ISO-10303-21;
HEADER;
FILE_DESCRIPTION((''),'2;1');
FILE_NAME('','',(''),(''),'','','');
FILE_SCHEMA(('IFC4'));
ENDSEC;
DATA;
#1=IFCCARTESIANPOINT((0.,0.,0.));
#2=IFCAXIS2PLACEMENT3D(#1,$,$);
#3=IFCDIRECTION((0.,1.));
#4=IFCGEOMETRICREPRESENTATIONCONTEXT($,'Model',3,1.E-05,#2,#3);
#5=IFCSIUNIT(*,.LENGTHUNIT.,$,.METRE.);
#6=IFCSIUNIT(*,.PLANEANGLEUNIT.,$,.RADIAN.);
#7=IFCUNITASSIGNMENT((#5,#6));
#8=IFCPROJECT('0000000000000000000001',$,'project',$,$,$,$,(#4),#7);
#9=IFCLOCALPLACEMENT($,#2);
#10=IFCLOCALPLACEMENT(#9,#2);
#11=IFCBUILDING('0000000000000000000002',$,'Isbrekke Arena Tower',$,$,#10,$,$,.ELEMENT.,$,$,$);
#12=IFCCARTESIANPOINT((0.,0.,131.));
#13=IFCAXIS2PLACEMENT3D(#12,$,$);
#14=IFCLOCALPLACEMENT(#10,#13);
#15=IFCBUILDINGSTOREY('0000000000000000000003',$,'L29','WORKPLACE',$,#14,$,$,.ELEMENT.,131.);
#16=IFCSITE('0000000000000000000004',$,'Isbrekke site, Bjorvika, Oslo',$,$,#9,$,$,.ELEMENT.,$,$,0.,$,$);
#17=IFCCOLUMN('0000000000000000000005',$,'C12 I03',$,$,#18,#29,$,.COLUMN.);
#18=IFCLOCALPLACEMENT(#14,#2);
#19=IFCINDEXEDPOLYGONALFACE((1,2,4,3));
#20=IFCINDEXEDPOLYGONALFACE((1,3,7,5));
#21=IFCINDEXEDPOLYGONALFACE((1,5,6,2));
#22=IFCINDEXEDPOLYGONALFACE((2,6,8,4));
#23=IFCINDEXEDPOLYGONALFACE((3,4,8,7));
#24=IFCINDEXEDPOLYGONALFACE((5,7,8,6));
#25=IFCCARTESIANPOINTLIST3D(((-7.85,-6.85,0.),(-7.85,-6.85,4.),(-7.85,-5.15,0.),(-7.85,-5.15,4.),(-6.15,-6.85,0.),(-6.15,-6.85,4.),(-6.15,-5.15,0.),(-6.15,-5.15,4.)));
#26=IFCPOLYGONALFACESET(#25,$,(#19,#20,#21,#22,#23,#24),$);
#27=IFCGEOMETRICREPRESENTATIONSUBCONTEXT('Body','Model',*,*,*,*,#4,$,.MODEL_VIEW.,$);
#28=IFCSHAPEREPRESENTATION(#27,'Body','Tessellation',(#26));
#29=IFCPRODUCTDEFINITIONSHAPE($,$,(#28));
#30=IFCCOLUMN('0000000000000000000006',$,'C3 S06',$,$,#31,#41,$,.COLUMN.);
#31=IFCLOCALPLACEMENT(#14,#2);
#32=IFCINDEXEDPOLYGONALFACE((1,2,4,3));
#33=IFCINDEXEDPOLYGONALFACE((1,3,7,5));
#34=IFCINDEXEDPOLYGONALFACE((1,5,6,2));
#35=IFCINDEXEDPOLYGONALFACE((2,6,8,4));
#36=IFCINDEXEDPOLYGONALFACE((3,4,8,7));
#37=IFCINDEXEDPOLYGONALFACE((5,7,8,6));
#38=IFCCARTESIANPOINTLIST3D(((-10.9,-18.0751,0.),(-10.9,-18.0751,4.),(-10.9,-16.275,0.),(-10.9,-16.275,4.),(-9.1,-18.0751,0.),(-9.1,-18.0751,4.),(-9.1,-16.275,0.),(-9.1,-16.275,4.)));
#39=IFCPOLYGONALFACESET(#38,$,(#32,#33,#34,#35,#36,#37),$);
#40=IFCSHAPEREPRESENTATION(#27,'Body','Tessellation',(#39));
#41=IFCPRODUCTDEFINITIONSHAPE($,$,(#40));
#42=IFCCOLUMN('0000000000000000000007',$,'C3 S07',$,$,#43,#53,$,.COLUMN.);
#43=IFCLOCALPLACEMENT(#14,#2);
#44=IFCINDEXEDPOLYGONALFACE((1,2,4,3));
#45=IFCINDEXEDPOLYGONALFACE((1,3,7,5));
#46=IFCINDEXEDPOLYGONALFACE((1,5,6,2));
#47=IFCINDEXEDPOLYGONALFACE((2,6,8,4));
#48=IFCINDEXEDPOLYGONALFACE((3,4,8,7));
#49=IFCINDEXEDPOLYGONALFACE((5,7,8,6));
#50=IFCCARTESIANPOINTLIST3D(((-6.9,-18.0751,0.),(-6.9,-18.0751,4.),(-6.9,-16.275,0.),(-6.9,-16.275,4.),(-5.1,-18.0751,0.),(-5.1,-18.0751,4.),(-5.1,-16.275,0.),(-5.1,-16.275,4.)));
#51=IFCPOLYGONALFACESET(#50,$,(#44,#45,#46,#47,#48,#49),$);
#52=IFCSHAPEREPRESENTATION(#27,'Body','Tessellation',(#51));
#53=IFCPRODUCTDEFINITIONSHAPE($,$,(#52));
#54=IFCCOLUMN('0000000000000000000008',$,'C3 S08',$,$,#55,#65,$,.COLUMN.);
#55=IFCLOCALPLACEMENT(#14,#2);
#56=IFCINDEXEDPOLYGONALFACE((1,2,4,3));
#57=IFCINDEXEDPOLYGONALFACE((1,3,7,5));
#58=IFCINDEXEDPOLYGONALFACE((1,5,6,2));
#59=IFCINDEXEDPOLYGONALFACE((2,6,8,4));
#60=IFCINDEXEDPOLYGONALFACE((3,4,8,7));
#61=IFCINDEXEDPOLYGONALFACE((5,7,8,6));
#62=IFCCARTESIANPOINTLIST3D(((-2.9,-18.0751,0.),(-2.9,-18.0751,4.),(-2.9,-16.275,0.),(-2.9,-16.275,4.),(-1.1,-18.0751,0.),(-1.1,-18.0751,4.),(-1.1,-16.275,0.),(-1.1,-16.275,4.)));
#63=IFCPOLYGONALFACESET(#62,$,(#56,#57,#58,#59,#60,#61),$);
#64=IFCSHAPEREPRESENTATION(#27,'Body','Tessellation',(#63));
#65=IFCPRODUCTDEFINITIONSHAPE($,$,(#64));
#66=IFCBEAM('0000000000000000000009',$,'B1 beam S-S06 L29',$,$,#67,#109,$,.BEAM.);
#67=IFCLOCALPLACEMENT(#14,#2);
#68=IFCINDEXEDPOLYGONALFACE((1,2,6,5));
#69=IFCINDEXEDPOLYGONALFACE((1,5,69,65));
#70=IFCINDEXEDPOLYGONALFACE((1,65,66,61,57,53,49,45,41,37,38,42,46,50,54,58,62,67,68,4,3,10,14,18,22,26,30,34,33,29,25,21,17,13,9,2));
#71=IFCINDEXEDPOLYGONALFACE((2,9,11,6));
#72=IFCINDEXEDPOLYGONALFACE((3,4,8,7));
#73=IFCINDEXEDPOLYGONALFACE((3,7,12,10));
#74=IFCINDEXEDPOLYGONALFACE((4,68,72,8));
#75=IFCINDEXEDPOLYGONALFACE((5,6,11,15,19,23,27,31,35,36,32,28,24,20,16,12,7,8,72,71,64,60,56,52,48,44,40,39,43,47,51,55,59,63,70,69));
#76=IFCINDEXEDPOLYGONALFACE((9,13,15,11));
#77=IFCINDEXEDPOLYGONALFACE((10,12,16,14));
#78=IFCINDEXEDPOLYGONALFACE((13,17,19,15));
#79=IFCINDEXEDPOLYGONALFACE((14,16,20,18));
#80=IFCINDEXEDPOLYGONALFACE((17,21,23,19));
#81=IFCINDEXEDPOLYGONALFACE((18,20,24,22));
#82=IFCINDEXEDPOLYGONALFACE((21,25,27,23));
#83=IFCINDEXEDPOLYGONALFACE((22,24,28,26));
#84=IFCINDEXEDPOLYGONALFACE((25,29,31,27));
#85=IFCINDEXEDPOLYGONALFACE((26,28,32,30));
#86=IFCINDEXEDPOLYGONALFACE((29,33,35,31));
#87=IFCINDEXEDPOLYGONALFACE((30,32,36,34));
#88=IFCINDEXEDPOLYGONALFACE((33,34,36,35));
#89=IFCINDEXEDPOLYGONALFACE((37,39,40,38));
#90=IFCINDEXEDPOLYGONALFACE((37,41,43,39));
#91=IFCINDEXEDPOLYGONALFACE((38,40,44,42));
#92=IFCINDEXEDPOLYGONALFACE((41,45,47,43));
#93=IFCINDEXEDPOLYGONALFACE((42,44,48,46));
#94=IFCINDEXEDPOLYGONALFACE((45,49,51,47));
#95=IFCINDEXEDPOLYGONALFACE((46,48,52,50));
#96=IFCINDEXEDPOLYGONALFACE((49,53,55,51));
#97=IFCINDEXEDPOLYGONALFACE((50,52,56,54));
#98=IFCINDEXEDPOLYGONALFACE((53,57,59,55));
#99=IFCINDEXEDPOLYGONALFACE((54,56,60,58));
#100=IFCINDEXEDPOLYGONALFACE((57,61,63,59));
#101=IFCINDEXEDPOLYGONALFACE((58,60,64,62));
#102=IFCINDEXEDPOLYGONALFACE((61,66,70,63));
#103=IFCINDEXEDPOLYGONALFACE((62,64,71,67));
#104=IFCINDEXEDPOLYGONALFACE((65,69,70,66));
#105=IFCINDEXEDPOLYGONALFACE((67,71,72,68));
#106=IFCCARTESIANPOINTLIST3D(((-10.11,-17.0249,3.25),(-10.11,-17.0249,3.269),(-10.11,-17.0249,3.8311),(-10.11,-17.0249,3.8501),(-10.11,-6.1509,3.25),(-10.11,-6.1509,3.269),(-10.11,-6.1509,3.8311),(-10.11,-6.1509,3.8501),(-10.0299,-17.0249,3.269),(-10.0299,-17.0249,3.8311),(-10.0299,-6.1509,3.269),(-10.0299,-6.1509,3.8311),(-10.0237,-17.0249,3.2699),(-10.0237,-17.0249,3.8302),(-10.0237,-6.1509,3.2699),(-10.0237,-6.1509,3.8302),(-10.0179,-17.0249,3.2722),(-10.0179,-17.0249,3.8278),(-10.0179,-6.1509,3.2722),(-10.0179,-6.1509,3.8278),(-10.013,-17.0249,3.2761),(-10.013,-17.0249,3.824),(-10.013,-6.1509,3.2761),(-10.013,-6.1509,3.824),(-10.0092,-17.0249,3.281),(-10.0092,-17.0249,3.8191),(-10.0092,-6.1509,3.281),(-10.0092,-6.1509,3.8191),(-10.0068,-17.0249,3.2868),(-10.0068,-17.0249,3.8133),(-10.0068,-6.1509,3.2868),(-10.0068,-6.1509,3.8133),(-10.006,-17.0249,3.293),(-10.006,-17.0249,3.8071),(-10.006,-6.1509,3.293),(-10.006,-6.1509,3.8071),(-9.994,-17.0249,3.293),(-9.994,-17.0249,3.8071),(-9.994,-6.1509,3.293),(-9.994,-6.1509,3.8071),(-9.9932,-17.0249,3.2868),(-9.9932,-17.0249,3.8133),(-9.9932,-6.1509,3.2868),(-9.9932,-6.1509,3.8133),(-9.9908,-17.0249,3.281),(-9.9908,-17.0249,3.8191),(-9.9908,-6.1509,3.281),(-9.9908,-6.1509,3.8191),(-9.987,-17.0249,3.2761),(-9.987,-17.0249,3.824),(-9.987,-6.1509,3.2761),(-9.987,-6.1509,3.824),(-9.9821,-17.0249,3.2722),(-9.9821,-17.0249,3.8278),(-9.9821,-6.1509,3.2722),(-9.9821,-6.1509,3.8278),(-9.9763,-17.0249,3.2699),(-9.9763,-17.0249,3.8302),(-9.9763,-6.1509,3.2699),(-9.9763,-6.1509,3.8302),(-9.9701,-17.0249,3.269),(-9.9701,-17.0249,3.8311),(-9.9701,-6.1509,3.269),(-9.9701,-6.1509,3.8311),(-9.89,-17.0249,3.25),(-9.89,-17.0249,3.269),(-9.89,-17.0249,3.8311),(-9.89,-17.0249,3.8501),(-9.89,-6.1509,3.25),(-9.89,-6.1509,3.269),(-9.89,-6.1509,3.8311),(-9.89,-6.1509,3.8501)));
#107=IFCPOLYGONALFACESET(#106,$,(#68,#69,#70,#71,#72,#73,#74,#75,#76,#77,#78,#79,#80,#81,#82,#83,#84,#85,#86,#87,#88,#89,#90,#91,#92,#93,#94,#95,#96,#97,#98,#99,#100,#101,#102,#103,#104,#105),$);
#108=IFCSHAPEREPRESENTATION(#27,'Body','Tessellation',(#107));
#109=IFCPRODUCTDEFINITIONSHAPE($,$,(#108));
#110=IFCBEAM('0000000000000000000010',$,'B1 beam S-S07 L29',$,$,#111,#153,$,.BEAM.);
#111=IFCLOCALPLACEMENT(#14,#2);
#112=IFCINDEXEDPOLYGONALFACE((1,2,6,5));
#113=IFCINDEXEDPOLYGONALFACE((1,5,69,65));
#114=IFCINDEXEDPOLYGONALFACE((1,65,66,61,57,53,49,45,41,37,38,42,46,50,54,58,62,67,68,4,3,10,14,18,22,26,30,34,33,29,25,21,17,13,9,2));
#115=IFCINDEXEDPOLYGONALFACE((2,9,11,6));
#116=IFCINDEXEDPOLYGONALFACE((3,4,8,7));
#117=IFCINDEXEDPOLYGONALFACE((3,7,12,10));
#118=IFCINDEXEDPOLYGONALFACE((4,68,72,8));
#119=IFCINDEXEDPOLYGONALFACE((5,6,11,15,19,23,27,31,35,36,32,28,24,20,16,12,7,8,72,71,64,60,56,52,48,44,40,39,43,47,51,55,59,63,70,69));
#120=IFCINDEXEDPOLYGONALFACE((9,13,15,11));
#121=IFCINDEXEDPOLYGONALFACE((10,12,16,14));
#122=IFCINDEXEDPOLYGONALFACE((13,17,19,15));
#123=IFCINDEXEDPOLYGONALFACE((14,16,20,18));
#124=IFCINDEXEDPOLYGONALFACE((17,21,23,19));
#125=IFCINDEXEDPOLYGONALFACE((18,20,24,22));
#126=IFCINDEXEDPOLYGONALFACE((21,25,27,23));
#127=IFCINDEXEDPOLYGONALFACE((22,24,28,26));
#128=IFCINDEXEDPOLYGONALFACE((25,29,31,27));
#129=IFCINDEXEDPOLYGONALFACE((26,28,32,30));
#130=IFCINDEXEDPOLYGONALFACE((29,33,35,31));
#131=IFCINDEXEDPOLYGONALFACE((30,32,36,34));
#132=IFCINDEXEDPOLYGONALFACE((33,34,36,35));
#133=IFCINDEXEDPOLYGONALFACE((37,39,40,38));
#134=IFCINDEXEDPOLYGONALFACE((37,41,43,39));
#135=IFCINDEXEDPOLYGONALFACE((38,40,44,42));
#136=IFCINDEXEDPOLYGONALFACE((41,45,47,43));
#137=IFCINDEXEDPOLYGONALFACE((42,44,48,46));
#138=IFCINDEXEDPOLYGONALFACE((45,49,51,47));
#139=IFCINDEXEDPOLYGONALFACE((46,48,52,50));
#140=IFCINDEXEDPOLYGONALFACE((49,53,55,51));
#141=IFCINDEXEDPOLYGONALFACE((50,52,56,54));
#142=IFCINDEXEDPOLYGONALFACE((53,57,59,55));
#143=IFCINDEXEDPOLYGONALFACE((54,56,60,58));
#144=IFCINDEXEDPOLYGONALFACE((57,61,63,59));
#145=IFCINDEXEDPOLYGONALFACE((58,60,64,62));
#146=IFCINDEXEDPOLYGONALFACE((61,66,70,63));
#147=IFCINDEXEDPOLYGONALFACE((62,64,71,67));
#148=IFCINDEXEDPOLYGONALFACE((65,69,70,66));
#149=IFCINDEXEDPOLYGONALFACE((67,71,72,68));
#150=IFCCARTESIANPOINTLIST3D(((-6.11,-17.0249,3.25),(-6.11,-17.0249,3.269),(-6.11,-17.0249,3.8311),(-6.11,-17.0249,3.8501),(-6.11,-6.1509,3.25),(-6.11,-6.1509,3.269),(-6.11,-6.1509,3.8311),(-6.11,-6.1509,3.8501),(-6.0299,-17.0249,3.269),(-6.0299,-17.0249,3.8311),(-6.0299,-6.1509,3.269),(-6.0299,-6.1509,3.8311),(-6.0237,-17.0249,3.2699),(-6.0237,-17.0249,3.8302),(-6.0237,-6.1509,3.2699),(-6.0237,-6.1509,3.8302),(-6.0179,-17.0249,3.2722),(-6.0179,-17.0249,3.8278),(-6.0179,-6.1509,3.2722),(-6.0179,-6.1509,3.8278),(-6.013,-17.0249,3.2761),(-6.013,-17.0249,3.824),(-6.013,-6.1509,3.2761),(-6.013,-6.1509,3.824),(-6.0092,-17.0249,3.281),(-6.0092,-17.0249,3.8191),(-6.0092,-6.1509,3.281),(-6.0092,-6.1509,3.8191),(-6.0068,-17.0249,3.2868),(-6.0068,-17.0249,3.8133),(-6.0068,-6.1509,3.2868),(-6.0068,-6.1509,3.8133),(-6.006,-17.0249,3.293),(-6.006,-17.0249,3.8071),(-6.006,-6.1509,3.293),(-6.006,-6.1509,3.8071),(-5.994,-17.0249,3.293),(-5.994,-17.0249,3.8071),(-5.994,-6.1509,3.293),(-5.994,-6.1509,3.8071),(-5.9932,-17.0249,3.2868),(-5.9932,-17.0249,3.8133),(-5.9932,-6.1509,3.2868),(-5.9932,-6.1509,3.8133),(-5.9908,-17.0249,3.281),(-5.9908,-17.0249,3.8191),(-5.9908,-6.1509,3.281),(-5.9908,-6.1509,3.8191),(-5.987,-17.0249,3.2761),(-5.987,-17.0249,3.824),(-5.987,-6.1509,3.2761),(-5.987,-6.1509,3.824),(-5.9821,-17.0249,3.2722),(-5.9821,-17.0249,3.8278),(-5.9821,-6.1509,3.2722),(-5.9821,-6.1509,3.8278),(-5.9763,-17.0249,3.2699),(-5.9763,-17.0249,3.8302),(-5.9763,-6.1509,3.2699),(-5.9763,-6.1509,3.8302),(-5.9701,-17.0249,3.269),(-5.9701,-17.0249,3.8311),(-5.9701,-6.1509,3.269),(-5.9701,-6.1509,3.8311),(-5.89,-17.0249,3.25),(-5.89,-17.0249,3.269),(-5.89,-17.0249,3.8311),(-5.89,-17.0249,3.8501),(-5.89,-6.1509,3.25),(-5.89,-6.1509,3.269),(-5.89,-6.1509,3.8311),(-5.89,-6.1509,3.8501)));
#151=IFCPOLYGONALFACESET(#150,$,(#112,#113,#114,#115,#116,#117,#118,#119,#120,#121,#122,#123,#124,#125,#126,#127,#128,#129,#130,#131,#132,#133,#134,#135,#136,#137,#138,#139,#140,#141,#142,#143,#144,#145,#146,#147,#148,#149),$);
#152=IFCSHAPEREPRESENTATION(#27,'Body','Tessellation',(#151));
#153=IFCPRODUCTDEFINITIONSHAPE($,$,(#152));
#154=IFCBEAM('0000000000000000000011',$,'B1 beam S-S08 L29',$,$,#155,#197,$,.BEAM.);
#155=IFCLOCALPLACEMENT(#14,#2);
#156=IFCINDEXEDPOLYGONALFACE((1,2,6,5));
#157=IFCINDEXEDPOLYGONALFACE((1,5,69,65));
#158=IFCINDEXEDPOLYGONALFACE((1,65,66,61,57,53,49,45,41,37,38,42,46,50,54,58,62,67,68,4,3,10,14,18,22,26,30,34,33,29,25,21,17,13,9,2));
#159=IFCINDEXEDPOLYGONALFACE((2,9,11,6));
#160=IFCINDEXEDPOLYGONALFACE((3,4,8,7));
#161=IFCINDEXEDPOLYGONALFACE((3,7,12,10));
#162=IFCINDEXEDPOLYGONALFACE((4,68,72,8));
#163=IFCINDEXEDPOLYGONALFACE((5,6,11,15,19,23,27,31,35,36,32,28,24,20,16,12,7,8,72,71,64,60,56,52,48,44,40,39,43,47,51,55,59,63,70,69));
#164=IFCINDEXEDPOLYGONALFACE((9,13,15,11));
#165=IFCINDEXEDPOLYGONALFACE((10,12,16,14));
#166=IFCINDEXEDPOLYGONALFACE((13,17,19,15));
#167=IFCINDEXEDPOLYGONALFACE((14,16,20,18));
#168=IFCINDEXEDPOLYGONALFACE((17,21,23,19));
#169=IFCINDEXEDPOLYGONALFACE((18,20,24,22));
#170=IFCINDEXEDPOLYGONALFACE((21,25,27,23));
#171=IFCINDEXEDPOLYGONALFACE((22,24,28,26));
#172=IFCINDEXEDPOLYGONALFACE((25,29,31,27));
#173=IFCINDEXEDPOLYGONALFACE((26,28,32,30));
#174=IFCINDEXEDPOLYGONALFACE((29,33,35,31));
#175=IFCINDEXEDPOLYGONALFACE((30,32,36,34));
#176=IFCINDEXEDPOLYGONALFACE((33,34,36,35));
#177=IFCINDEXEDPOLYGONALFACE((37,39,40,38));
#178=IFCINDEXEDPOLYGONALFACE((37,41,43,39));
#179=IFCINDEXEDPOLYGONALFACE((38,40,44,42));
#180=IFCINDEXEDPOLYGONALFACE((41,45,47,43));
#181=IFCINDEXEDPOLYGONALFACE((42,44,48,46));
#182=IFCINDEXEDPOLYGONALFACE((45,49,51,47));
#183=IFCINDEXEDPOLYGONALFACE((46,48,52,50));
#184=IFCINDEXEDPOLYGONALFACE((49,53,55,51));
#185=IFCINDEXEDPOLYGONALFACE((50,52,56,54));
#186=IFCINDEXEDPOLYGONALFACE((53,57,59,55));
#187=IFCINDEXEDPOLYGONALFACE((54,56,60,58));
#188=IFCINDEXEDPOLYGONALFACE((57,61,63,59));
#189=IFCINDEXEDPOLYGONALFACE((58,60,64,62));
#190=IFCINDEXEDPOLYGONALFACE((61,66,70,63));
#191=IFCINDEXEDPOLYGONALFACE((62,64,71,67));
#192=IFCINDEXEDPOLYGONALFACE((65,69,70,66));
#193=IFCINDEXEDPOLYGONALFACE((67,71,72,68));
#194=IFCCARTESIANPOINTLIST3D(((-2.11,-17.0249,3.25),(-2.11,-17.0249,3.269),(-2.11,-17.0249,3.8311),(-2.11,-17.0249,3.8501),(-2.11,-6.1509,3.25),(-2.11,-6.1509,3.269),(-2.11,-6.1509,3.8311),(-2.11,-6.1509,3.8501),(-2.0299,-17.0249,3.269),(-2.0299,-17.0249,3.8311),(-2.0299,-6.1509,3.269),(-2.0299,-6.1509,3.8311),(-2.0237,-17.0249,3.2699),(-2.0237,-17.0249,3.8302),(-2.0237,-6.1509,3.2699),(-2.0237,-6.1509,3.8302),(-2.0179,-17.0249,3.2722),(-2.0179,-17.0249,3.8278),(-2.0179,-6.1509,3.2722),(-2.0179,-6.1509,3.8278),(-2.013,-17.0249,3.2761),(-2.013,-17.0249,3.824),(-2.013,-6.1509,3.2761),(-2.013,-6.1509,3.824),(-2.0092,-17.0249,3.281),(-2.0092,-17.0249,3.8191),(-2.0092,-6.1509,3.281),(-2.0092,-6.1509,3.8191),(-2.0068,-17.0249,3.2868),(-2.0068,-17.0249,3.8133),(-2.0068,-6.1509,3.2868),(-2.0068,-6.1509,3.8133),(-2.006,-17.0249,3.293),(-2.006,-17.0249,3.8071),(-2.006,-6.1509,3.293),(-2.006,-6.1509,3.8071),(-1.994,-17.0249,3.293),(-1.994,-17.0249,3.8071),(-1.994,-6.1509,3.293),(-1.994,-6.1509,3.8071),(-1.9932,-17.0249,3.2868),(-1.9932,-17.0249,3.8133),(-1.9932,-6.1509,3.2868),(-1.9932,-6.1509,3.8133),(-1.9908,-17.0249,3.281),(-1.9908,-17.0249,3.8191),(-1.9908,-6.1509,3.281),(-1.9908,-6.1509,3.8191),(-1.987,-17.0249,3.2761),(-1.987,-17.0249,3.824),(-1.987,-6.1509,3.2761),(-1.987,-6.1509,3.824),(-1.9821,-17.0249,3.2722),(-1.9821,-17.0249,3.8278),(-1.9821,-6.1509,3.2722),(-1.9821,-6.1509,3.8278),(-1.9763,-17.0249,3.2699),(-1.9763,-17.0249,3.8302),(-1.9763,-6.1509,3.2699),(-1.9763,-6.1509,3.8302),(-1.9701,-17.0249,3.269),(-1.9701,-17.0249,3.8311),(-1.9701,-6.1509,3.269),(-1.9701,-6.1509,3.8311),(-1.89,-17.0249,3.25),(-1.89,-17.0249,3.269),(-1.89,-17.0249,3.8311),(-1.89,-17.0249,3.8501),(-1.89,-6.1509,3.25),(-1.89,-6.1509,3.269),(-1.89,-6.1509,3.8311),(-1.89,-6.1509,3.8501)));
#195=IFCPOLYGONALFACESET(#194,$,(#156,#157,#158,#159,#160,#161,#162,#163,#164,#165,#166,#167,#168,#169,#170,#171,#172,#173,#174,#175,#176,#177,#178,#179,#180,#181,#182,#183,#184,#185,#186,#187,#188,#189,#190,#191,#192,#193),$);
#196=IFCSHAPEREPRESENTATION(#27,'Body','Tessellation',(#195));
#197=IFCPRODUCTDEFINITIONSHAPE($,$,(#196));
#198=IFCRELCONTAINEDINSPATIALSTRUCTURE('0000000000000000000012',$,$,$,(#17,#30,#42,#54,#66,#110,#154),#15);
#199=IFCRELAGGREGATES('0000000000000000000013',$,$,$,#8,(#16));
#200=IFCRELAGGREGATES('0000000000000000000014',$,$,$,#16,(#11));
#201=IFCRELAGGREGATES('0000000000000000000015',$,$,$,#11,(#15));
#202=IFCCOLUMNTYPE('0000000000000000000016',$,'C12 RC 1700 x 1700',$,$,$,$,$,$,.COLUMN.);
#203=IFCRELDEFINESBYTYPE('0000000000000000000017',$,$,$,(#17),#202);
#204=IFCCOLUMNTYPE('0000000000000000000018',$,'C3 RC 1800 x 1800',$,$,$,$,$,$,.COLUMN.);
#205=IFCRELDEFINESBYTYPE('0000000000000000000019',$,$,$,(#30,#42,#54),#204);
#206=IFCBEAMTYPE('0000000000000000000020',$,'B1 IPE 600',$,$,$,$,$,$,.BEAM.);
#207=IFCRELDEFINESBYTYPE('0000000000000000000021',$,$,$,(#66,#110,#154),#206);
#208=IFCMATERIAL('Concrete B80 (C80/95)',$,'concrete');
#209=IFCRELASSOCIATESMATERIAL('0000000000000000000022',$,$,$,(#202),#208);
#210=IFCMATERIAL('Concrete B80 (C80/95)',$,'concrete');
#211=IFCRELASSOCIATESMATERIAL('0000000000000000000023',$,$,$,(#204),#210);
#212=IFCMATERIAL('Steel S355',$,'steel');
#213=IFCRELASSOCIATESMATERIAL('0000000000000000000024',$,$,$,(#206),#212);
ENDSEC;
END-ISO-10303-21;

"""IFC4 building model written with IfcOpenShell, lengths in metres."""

from ifc_helpers import new_model, si_unit, direction, frame, origin, origin_2d, place, context, subcontext, project, spatial, rectangle, i_section, extrude, material, material_profile, profile_set, type_object, element, save


model = new_model("IFC4")

# Units and contexts
model_context = context("Model", 3, precision=1e-05, world=origin(), true_north=direction((0.0, 1.0)))
body_context = subcontext(model_context, "Body", "Model", "MODEL_VIEW")
ifc_project = project(units=[si_unit("LENGTHUNIT", "METRE"), si_unit("PLANEANGLEUNIT", "RADIAN")], contexts=[model_context])

# Site, building, storey
site_placement = place(None, origin())
site = spatial("IfcSite", under=ifc_project, at=site_placement, Name="Isbrekke site, Bjorvika, Oslo", CompositionType="ELEMENT", RefElevation=0.0)
building_placement = place(site_placement, origin())
building = spatial("IfcBuilding", under=site, at=building_placement, Name="Isbrekke Arena Tower", CompositionType="ELEMENT")
storey_placement = place(building_placement, frame((0.0, 0.0, 131.0)))
storey = spatial("IfcBuildingStorey", under=building, at=storey_placement, Name="L29", Description="WORKPLACE", CompositionType="ELEMENT", Elevation=131.0)

# Columns
ifc_material_1 = material(Name="Concrete B80 (C80/95)", Category="concrete")
ifc_material_profile_1 = material_profile(ifc_material_1, rectangle(XDim=1.7, YDim=1.7, at=origin_2d()), Name="RC 1700x1700")
ifc_profile_set_1 = profile_set([ifc_material_profile_1], Name="Concrete B80 (C80/95)")
column_type_1 = type_object("IfcColumnType", Name="C12 RC 1700 x 1700", PredefinedType="COLUMN", material=ifc_profile_set_1)
column_placement = place(storey_placement, frame((-7.0, -6.0, 0.0), z_axis=(0.0, 0.0, 1.0), x_axis=(1.0, 0.0, 0.0)))
element("IfcColumn", 1, at=column_placement, inside=storey, type_object=column_type_1, Name="C12 I03", PredefinedType="COLUMN", context=body_context, shape_type="SweptSolid", body=[
    extrude(rectangle(XDim=1.7, YDim=1.7, at=origin_2d()), origin(), (0.0, 0.0, 1.0), 4.0),
])
ifc_material_2 = material(Name="Concrete B80 (C80/95)", Category="concrete")
ifc_material_profile_2 = material_profile(ifc_material_2, rectangle(XDim=1.8, YDim=1.8, at=origin_2d()), Name="RC 1800x1800")
ifc_profile_set_2 = profile_set([ifc_material_profile_2], Name="Concrete B80 (C80/95)")
column_type_2 = type_object("IfcColumnType", Name="C3 RC 1800 x 1800", PredefinedType="COLUMN", material=ifc_profile_set_2)
for number, where, z_axis, x_axis, name in (
    (2, (-10.0, -17.175, 0.0), (0.0, 0.0, 1.0), (1.0, 0.0, 0.0), "C3 S06"),
    (3, (-6.0, -17.175, 0.0), (0.0, 0.0, 1.0), (1.0, 0.0, 0.0), "C3 S07"),
    (4, (-2.0, -17.175, 0.0), (0.0, 0.0, 1.0), (1.0, 0.0, 0.0), "C3 S08"),
):
    element("IfcColumn", number, at=place(storey_placement, frame(where, z_axis=z_axis, x_axis=x_axis)), inside=storey, type_object=column_type_2, Name=name, PredefinedType="COLUMN", context=body_context, shape_type="SweptSolid", body=[
        extrude(rectangle(XDim=1.8, YDim=1.8, at=origin_2d()), origin(), (0.0, 0.0, 1.0), 4.0),
    ])

# Beams
ifc_material_3 = material(Name="Steel S355", Category="steel")
ifc_material_profile_3 = material_profile(ifc_material_3, i_section(OverallWidth=0.22, OverallDepth=0.6001, WebThickness=0.012, FlangeThickness=0.019, FilletRadius=0.0239, at=origin_2d()), Name="IPE 600")
ifc_profile_set_3 = profile_set([ifc_material_profile_3], Name="Steel S355")
beam_type_1 = type_object("IfcBeamType", Name="B1 IPE 600", PredefinedType="BEAM", material=ifc_profile_set_3)
for number, where, z_axis, x_axis, name in (
    (5, (-10.0, -17.0249, 3.55), (0.0, 1.0, 0.0), (-1.0, 0.0, 0.0), "B1 beam S-S06 L29"),
    (6, (-6.0, -17.0249, 3.55), (0.0, 1.0, 0.0), (-1.0, 0.0, 0.0), "B1 beam S-S07 L29"),
    (7, (-2.0, -17.0249, 3.55), (0.0, 1.0, 0.0), (-1.0, 0.0, 0.0), "B1 beam S-S08 L29"),
):
    element("IfcBeam", number, at=place(storey_placement, frame(where, z_axis=z_axis, x_axis=x_axis)), inside=storey, type_object=beam_type_1, Name=name, PredefinedType="BEAM", context=body_context, shape_type="SweptSolid", body=[
        extrude(i_section(OverallWidth=0.22, OverallDepth=0.6001, WebThickness=0.012, FlangeThickness=0.019, FilletRadius=0.0239, at=origin_2d()), origin(), (0.0, 0.0, 1.0), 10.874),
    ])

save(model, "model.ifc")
